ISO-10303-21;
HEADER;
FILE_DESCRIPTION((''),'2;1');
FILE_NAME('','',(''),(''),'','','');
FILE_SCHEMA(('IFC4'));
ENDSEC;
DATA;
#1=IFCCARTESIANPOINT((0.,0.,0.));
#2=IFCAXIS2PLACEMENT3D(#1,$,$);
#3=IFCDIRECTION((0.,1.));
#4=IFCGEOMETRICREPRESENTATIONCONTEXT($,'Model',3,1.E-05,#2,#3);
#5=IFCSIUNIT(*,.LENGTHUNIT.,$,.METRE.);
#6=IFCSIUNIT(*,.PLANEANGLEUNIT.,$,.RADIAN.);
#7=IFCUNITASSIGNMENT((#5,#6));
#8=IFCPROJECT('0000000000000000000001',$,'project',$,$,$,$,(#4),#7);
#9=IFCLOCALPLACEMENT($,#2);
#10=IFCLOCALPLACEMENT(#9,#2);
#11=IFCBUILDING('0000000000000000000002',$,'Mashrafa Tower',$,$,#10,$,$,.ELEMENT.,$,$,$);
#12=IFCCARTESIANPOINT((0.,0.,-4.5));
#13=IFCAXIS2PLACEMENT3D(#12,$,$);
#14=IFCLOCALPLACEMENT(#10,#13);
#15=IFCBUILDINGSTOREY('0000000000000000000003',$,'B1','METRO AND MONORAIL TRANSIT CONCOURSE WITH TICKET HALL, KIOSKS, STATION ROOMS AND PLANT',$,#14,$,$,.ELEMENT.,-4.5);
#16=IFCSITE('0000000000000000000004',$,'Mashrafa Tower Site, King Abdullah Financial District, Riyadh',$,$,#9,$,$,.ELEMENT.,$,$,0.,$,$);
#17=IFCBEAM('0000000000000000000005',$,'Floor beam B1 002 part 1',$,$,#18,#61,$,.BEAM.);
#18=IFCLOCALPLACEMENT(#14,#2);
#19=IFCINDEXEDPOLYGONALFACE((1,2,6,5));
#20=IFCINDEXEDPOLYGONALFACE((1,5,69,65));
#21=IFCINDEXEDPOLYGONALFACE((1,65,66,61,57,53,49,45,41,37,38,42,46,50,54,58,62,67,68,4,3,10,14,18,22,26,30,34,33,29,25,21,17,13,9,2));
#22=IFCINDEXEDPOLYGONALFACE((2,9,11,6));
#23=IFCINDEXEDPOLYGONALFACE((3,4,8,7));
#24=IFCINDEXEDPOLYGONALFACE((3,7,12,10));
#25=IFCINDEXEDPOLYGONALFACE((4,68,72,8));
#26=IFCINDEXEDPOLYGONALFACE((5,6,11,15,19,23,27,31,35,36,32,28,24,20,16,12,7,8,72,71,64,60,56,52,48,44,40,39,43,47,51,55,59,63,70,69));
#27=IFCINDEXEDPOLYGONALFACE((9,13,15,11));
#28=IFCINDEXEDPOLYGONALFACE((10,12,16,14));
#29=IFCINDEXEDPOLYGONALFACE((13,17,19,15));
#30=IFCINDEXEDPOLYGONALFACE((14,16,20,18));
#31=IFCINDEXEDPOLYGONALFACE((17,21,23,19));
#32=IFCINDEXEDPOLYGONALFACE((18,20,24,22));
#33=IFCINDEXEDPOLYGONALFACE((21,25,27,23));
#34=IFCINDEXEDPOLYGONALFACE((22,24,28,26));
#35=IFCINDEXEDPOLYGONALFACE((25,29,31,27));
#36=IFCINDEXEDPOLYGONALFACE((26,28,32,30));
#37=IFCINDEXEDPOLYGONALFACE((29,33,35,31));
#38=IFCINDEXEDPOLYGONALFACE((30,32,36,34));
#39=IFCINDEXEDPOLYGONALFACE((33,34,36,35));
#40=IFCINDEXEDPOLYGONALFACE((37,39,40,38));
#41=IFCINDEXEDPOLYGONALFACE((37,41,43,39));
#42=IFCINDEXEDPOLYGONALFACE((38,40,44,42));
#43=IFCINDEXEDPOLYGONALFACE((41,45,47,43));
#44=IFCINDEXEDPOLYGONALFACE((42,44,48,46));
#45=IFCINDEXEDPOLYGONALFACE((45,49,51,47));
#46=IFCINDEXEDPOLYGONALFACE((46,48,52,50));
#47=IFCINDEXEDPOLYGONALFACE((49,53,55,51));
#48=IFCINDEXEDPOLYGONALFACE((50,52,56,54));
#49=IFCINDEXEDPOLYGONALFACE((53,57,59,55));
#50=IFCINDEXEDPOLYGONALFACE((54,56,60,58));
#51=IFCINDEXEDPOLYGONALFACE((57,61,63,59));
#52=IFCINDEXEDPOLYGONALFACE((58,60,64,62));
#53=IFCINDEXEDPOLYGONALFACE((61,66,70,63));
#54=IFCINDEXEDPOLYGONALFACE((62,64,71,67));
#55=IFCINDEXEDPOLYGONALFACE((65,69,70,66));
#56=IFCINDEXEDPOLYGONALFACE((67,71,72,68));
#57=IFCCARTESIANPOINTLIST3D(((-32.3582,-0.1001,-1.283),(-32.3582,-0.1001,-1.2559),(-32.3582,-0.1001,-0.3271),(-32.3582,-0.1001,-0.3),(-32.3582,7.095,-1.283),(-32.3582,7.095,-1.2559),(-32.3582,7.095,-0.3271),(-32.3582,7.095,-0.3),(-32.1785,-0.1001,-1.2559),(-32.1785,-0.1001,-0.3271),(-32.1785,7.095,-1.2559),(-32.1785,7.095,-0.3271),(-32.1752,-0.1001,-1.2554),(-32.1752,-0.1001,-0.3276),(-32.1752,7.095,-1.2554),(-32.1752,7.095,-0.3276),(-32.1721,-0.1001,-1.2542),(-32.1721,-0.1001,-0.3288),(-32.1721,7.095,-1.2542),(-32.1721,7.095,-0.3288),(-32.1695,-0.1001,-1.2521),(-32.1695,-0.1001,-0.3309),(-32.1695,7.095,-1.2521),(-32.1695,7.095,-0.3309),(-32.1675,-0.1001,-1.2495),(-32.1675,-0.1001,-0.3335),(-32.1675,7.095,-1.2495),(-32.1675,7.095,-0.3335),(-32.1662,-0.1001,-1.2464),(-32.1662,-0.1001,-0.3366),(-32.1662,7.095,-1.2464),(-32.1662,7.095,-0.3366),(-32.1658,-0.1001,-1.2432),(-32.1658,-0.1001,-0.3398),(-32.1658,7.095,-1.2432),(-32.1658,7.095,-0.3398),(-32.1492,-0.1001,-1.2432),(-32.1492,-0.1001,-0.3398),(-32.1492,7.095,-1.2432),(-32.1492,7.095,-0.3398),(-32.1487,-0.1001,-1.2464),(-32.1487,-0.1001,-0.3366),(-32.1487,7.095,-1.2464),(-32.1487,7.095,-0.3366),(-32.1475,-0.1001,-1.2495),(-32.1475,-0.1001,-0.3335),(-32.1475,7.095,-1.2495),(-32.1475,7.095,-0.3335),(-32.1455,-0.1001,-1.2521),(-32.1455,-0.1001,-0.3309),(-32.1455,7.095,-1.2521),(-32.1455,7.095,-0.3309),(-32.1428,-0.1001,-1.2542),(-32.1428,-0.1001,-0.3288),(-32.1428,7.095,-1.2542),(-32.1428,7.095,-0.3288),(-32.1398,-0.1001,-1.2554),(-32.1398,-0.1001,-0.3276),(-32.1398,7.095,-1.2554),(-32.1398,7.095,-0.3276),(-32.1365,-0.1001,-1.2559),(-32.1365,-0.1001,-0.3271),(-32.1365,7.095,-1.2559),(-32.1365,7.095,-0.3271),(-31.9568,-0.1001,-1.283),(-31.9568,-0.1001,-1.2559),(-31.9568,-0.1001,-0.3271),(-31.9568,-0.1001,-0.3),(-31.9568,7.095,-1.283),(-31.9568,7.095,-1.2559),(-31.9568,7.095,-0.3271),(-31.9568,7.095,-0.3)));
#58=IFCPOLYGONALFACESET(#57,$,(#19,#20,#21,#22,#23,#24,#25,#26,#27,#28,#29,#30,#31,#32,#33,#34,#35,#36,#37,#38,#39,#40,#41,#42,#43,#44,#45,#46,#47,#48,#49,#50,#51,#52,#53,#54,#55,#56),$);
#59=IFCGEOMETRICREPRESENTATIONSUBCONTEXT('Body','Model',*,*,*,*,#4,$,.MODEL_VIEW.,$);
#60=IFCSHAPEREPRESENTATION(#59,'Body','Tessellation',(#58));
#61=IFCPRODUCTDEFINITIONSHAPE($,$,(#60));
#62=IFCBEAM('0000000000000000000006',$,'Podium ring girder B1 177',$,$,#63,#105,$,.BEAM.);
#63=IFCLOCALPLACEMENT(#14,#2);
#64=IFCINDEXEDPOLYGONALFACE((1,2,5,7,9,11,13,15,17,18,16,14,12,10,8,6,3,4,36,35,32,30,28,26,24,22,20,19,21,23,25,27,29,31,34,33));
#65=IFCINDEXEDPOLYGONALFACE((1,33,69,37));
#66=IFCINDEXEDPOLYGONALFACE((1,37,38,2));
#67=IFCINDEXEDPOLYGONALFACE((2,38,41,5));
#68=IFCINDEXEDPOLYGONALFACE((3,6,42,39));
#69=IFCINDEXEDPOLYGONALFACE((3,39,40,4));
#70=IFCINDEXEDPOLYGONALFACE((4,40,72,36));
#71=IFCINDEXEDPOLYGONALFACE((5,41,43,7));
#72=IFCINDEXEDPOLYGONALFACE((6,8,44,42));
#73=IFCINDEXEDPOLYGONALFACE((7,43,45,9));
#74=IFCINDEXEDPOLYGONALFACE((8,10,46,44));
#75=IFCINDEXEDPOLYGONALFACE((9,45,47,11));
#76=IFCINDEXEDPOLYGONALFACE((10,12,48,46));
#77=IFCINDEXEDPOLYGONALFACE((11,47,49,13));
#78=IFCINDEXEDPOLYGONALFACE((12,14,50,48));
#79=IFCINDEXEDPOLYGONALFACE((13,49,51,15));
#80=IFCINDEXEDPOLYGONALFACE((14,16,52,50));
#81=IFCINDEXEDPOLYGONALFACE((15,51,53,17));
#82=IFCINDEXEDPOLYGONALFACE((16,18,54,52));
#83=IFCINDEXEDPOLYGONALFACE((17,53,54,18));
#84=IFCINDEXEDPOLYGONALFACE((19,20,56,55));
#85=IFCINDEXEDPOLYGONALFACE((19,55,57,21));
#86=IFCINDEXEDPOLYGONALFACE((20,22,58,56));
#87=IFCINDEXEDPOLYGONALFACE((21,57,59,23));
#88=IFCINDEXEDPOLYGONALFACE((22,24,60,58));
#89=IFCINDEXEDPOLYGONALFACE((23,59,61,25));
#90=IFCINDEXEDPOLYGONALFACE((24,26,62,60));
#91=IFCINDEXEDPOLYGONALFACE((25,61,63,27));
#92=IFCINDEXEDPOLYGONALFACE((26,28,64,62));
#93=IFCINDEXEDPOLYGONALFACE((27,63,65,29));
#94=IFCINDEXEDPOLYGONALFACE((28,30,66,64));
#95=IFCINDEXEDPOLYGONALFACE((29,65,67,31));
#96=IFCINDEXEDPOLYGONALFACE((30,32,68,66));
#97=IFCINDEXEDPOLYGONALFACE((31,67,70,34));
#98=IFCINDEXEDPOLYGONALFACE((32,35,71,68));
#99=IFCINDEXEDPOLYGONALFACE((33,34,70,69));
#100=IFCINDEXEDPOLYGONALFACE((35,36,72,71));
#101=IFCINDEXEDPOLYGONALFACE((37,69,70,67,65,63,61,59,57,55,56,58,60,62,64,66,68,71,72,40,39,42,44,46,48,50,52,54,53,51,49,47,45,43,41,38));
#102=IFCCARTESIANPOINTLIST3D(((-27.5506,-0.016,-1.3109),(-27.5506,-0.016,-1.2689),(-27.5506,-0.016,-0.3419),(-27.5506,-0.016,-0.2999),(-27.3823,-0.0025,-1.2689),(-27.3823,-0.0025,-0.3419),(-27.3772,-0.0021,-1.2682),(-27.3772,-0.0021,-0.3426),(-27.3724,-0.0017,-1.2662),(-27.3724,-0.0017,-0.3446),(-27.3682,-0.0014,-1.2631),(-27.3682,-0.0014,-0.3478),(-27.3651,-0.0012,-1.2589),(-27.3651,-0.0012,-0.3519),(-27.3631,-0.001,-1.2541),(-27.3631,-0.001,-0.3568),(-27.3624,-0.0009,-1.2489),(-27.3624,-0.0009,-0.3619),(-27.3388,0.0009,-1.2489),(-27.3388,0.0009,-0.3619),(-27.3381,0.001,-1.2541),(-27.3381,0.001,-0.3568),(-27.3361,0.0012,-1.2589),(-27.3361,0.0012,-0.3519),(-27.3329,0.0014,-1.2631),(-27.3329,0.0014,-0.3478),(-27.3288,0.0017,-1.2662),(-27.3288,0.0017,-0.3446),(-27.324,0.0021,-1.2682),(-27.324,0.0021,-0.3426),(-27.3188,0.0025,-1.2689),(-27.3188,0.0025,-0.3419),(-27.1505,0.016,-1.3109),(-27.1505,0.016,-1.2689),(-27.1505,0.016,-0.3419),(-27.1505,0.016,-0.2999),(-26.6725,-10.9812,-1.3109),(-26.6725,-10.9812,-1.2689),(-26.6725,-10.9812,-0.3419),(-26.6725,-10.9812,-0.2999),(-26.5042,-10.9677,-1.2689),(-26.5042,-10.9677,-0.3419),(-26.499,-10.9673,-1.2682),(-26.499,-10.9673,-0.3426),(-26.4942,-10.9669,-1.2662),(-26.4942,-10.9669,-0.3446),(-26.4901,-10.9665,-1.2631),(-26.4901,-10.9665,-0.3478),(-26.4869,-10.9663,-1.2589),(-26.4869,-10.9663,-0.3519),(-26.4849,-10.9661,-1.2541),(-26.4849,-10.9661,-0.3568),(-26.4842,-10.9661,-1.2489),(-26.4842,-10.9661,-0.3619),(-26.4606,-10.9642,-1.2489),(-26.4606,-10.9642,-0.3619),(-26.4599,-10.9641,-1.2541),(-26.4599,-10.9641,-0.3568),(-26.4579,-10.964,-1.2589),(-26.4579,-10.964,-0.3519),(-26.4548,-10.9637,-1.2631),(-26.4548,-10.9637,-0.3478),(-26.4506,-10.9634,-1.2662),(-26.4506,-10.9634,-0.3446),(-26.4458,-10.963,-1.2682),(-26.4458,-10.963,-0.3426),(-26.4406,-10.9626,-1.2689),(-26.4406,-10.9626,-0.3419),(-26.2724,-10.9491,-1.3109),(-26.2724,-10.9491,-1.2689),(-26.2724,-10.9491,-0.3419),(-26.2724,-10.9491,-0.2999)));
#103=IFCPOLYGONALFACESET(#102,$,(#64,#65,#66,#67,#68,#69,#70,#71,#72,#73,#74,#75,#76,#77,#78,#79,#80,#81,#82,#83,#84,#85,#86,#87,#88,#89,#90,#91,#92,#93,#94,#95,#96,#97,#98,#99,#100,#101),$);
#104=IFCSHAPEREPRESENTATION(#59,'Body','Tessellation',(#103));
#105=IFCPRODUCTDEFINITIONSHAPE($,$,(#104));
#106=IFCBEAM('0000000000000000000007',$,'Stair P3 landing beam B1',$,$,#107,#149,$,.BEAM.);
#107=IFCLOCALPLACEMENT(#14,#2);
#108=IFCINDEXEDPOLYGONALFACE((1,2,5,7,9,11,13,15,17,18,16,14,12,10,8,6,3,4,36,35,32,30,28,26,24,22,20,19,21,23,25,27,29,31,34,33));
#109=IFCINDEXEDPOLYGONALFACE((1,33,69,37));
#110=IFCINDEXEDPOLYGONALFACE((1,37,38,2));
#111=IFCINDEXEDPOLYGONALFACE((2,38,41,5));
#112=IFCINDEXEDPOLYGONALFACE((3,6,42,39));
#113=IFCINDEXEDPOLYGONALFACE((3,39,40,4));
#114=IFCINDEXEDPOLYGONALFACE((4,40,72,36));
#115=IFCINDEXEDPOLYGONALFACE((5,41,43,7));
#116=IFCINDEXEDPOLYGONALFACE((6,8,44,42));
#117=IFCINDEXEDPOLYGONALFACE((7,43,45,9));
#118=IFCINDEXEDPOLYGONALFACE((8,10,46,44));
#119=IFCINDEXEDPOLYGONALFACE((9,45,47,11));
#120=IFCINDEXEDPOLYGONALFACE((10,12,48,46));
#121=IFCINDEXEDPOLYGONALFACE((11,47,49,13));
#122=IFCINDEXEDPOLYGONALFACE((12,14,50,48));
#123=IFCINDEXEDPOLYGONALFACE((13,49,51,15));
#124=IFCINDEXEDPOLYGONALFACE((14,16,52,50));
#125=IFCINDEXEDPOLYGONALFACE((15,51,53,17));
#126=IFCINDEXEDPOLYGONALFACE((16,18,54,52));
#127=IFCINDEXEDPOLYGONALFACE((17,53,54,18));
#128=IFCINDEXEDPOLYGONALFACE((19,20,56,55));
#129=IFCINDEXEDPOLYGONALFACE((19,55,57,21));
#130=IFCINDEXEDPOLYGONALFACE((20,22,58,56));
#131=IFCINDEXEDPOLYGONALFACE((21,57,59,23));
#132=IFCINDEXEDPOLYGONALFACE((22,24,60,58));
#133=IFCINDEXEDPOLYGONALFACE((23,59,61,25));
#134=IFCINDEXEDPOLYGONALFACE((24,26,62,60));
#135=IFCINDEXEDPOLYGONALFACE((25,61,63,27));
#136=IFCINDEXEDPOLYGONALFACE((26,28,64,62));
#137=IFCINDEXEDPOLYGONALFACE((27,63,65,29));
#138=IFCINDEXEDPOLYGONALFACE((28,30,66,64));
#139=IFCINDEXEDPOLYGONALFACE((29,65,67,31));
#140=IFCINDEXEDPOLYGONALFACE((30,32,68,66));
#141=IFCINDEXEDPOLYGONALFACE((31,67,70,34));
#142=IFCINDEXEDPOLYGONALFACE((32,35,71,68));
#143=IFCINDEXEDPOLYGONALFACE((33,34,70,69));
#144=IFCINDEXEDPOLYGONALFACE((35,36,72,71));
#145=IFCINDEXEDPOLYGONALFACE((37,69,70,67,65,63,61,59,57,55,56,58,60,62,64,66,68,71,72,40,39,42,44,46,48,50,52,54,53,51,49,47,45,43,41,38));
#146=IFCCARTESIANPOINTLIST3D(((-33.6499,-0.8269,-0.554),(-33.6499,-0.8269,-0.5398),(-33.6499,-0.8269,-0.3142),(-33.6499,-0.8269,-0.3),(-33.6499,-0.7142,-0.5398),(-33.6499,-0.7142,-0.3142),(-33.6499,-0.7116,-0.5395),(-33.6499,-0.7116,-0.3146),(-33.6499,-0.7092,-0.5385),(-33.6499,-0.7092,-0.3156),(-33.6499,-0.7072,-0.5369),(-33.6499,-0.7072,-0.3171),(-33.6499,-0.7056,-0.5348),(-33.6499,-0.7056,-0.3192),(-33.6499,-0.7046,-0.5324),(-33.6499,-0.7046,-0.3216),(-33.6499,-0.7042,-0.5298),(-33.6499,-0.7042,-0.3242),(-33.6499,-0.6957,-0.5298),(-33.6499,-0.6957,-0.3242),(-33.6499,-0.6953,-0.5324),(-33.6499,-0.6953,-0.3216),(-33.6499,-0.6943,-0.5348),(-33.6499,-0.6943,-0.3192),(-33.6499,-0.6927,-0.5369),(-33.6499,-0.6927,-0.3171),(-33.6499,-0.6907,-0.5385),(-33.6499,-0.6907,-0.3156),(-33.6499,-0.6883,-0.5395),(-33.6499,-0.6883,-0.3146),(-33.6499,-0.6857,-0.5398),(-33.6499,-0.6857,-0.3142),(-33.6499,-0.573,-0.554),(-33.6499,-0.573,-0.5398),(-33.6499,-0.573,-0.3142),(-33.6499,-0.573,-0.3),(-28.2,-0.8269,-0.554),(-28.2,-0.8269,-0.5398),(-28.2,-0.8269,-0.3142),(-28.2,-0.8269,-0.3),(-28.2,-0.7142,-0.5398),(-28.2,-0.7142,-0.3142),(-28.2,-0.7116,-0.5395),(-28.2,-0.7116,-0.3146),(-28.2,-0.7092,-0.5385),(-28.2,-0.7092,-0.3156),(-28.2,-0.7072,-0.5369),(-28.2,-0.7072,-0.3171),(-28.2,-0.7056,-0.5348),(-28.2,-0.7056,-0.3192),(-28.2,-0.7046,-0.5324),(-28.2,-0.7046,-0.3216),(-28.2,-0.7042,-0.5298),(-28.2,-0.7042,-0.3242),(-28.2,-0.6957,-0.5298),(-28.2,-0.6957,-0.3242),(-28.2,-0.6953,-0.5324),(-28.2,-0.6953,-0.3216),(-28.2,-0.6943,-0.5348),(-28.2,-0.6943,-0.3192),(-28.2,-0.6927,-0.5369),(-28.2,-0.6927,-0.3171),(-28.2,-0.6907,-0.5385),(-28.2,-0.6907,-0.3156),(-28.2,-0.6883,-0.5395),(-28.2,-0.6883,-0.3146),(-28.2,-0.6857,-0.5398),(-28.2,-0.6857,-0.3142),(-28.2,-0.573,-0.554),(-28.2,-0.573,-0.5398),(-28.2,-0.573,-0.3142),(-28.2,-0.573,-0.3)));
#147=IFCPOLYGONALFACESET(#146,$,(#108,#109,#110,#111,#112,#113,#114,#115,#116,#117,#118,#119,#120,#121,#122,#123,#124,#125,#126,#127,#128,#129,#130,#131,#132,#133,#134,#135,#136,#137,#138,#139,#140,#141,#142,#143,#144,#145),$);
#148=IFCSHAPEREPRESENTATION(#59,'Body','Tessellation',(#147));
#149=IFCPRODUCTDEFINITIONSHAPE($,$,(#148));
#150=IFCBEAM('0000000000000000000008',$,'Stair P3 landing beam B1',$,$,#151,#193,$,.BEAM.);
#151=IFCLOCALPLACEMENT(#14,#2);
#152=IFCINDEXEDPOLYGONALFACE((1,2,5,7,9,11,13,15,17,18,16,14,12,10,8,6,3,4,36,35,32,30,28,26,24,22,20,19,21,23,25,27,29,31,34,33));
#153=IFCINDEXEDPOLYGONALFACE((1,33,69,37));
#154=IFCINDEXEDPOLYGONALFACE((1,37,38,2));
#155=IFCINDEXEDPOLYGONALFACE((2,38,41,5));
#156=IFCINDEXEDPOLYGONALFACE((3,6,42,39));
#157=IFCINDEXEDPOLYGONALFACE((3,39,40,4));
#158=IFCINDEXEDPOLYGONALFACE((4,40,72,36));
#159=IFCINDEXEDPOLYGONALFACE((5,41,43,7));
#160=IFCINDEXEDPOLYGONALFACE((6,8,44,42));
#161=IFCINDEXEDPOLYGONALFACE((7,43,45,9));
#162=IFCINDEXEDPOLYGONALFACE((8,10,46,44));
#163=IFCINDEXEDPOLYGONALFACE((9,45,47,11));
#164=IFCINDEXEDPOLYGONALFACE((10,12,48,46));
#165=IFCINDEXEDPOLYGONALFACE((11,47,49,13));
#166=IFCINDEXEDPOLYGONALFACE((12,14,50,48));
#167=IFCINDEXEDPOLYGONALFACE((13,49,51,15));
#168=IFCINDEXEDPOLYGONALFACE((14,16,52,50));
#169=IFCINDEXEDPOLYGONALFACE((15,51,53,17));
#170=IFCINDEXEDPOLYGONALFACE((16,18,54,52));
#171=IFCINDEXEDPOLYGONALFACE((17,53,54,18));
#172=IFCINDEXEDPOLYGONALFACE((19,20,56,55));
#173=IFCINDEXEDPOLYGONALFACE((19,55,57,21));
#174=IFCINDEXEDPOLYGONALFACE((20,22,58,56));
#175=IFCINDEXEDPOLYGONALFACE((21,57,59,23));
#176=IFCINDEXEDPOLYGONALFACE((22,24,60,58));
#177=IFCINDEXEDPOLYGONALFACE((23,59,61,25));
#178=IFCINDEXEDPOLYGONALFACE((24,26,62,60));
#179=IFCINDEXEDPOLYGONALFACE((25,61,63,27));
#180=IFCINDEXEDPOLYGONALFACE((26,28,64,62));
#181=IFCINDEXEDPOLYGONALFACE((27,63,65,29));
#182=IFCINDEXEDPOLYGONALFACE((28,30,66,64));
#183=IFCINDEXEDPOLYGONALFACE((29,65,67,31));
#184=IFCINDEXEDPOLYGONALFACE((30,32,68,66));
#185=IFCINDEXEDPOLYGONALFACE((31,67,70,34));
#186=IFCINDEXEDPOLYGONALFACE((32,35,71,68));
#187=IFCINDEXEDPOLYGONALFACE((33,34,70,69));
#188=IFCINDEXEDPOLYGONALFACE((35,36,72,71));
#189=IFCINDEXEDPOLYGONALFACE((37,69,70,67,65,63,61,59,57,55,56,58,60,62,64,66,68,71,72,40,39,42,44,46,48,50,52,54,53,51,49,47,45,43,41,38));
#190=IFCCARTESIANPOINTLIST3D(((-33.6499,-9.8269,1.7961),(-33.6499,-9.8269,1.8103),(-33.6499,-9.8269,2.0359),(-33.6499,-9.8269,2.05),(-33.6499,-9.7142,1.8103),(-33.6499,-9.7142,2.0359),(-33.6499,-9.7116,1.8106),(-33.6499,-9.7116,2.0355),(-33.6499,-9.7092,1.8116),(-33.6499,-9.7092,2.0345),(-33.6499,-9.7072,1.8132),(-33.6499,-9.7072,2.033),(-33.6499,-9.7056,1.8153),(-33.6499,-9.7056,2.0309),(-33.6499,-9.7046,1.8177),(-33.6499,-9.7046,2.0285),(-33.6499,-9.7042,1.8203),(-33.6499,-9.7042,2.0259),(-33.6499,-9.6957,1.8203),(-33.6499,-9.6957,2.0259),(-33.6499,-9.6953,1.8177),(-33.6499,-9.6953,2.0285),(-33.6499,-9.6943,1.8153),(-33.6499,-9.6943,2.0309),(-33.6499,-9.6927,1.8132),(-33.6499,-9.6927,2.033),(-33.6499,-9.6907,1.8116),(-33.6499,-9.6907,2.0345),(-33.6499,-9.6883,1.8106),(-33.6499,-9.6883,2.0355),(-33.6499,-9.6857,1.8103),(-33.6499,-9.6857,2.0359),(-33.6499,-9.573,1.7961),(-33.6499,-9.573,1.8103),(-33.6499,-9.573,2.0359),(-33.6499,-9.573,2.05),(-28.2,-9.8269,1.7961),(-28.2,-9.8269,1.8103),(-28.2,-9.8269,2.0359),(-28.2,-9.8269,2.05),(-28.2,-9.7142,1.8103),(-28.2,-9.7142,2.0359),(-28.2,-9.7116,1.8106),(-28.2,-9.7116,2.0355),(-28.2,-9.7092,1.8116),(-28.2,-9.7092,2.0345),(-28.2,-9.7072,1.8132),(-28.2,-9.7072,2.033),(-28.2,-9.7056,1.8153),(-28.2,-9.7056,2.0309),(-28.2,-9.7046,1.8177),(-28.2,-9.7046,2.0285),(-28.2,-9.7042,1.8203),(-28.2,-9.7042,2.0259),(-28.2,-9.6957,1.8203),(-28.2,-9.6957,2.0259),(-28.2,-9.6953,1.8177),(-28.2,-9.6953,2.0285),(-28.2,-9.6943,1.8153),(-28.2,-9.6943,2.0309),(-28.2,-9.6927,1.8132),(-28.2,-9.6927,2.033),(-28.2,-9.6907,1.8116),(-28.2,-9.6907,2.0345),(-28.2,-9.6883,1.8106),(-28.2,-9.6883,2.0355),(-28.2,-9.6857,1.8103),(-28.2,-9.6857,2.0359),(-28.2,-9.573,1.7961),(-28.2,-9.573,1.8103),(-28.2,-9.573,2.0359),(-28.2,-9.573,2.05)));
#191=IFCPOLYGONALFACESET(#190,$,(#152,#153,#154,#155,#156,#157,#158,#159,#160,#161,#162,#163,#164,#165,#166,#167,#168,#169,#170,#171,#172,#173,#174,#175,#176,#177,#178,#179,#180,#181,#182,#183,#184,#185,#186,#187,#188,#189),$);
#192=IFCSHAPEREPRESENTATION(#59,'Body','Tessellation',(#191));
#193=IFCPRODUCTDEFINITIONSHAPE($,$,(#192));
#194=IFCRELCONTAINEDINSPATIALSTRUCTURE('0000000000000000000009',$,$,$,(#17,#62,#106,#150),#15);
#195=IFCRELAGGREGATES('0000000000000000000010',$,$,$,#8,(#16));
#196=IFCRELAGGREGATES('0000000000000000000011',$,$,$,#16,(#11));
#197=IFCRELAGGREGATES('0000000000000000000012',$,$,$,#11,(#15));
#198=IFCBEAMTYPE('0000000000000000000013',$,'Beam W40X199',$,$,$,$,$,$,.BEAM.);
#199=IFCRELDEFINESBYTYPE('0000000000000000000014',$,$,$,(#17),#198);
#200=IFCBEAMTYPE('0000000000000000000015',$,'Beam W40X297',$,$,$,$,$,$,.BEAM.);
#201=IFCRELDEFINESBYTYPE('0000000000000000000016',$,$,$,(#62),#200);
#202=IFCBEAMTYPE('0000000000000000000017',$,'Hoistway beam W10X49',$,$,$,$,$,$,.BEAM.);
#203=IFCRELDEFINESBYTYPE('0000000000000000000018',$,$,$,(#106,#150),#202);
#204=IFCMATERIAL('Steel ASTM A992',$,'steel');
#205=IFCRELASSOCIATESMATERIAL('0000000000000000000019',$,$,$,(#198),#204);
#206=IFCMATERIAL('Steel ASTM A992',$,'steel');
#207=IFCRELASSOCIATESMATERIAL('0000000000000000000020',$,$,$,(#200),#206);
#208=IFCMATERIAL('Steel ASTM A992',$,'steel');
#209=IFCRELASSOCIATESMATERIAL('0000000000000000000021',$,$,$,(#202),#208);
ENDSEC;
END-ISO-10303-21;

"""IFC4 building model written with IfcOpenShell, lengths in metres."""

from ifc_helpers import new_model, si_unit, direction, frame, origin, origin_2d, place, context, subcontext, project, spatial, i_section, extrude, material, material_profile, profile_set, type_object, element, save


model = new_model("IFC4")

# Units and contexts
model_context = context("Model", 3, precision=1e-05, world=origin(), true_north=direction((0.0, 1.0)))
body_context = subcontext(model_context, "Body", "Model", "MODEL_VIEW")
ifc_project = project(units=[si_unit("LENGTHUNIT", "METRE"), si_unit("PLANEANGLEUNIT", "RADIAN")], contexts=[model_context])

# Site, building, storey
site_placement = place(None, origin())
site = spatial("IfcSite", under=ifc_project, at=site_placement, Name="Mashrafa Tower Site, King Abdullah Financial District, Riyadh", CompositionType="ELEMENT", RefElevation=0.0)
building_placement = place(site_placement, origin())
building = spatial("IfcBuilding", under=site, at=building_placement, Name="Mashrafa Tower", CompositionType="ELEMENT")
storey_placement = place(building_placement, frame((0.0, 0.0, -4.5)))
storey = spatial("IfcBuildingStorey", under=building, at=storey_placement, Name="B1", Description="METRO AND MONORAIL TRANSIT CONCOURSE WITH TICKET HALL, KIOSKS, STATION ROOMS AND PLANT", CompositionType="ELEMENT", Elevation=-4.5)

# Beams
ifc_material_1 = material(Name="Steel ASTM A992", Category="steel")
ifc_material_profile_1 = material_profile(ifc_material_1, i_section(OverallWidth=0.4014, OverallDepth=0.9829, WebThickness=0.0166, FlangeThickness=0.0271, FilletRadius=0.0127, at=origin_2d()), Name="W40X199")
ifc_profile_set_1 = profile_set([ifc_material_profile_1], Name="Steel ASTM A992")
beam_type_1 = type_object("IfcBeamType", Name="Beam W40X199", PredefinedType="BEAM", material=ifc_profile_set_1)
beam_1_placement = place(storey_placement, frame((-32.1575, -0.1001, -0.7915), z_axis=(0.0, 1.0, 0.0), x_axis=(-1.0, 0.0, 0.0)))
element("IfcBeam", 1, at=beam_1_placement, inside=storey, type_object=beam_type_1, Name="Floor beam B1 002 part 1", PredefinedType="BEAM", context=body_context, shape_type="SweptSolid", body=[
    extrude(i_section(OverallWidth=0.4014, OverallDepth=0.9829, WebThickness=0.0166, FlangeThickness=0.0271, FilletRadius=0.0127, at=origin_2d()), origin(), (0.0, 0.0, 1.0), 7.1951),
])
ifc_material_2 = material(Name="Steel ASTM A992", Category="steel")
ifc_material_profile_2 = material_profile(ifc_material_2, i_section(OverallWidth=0.4014, OverallDepth=1.011, WebThickness=0.0237, FlangeThickness=0.042, FilletRadius=0.02, at=origin_2d()), Name="W40X297")
ifc_profile_set_2 = profile_set([ifc_material_profile_2], Name="Steel ASTM A992")
beam_type_2 = type_object("IfcBeamType", Name="Beam W40X297", PredefinedType="BEAM", material=ifc_profile_set_2)
beam_2_placement = place(storey_placement, frame((-27.3506, 0.0, -0.8054), z_axis=(0.079833, -0.996808, 0.0), x_axis=(0.996808, 0.079833, 0.0)))
element("IfcBeam", 2, at=beam_2_placement, inside=storey, type_object=beam_type_2, Name="Podium ring girder B1 177", PredefinedType="BEAM", context=body_context, shape_type="SweptSolid", body=[
    extrude(i_section(OverallWidth=0.4014, OverallDepth=1.011, WebThickness=0.0237, FlangeThickness=0.042, FilletRadius=0.02, at=origin_2d()), origin(), (0.0, 0.0, 1.0), 11.0002),
])
ifc_material_3 = material(Name="Steel ASTM A992", Category="steel")
ifc_material_profile_3 = material_profile(ifc_material_3, i_section(OverallWidth=0.2539, OverallDepth=0.2539, WebThickness=0.0085, FlangeThickness=0.0142, FilletRadius=0.01, at=origin_2d()), Name="W10X49")
ifc_profile_set_3 = profile_set([ifc_material_profile_3], Name="Steel ASTM A992")
beam_type_3 = type_object("IfcBeamType", Name="Hoistway beam W10X49", PredefinedType="BEAM", material=ifc_profile_set_3)
for number, where, z_axis, x_axis, name in (
    (3, (-33.6499, -0.7, -0.427), (1.0, 0.0, 0.0), (0.0, 1.0, 0.0), "Stair P3 landing beam B1"),
    (4, (-33.6499, -9.7, 1.9231), (1.0, 0.0, 0.0), (0.0, 1.0, 0.0), "Stair P3 landing beam B1"),
):
    element("IfcBeam", number, at=place(storey_placement, frame(where, z_axis=z_axis, x_axis=x_axis)), inside=storey, type_object=beam_type_3, Name=name, PredefinedType="BEAM", context=body_context, shape_type="SweptSolid", body=[
        extrude(i_section(OverallWidth=0.2539, OverallDepth=0.2539, WebThickness=0.0085, FlangeThickness=0.0142, FilletRadius=0.01, at=origin_2d()), origin(), (0.0, 0.0, 1.0), 5.45),
    ])

save(model, "model.ifc")
